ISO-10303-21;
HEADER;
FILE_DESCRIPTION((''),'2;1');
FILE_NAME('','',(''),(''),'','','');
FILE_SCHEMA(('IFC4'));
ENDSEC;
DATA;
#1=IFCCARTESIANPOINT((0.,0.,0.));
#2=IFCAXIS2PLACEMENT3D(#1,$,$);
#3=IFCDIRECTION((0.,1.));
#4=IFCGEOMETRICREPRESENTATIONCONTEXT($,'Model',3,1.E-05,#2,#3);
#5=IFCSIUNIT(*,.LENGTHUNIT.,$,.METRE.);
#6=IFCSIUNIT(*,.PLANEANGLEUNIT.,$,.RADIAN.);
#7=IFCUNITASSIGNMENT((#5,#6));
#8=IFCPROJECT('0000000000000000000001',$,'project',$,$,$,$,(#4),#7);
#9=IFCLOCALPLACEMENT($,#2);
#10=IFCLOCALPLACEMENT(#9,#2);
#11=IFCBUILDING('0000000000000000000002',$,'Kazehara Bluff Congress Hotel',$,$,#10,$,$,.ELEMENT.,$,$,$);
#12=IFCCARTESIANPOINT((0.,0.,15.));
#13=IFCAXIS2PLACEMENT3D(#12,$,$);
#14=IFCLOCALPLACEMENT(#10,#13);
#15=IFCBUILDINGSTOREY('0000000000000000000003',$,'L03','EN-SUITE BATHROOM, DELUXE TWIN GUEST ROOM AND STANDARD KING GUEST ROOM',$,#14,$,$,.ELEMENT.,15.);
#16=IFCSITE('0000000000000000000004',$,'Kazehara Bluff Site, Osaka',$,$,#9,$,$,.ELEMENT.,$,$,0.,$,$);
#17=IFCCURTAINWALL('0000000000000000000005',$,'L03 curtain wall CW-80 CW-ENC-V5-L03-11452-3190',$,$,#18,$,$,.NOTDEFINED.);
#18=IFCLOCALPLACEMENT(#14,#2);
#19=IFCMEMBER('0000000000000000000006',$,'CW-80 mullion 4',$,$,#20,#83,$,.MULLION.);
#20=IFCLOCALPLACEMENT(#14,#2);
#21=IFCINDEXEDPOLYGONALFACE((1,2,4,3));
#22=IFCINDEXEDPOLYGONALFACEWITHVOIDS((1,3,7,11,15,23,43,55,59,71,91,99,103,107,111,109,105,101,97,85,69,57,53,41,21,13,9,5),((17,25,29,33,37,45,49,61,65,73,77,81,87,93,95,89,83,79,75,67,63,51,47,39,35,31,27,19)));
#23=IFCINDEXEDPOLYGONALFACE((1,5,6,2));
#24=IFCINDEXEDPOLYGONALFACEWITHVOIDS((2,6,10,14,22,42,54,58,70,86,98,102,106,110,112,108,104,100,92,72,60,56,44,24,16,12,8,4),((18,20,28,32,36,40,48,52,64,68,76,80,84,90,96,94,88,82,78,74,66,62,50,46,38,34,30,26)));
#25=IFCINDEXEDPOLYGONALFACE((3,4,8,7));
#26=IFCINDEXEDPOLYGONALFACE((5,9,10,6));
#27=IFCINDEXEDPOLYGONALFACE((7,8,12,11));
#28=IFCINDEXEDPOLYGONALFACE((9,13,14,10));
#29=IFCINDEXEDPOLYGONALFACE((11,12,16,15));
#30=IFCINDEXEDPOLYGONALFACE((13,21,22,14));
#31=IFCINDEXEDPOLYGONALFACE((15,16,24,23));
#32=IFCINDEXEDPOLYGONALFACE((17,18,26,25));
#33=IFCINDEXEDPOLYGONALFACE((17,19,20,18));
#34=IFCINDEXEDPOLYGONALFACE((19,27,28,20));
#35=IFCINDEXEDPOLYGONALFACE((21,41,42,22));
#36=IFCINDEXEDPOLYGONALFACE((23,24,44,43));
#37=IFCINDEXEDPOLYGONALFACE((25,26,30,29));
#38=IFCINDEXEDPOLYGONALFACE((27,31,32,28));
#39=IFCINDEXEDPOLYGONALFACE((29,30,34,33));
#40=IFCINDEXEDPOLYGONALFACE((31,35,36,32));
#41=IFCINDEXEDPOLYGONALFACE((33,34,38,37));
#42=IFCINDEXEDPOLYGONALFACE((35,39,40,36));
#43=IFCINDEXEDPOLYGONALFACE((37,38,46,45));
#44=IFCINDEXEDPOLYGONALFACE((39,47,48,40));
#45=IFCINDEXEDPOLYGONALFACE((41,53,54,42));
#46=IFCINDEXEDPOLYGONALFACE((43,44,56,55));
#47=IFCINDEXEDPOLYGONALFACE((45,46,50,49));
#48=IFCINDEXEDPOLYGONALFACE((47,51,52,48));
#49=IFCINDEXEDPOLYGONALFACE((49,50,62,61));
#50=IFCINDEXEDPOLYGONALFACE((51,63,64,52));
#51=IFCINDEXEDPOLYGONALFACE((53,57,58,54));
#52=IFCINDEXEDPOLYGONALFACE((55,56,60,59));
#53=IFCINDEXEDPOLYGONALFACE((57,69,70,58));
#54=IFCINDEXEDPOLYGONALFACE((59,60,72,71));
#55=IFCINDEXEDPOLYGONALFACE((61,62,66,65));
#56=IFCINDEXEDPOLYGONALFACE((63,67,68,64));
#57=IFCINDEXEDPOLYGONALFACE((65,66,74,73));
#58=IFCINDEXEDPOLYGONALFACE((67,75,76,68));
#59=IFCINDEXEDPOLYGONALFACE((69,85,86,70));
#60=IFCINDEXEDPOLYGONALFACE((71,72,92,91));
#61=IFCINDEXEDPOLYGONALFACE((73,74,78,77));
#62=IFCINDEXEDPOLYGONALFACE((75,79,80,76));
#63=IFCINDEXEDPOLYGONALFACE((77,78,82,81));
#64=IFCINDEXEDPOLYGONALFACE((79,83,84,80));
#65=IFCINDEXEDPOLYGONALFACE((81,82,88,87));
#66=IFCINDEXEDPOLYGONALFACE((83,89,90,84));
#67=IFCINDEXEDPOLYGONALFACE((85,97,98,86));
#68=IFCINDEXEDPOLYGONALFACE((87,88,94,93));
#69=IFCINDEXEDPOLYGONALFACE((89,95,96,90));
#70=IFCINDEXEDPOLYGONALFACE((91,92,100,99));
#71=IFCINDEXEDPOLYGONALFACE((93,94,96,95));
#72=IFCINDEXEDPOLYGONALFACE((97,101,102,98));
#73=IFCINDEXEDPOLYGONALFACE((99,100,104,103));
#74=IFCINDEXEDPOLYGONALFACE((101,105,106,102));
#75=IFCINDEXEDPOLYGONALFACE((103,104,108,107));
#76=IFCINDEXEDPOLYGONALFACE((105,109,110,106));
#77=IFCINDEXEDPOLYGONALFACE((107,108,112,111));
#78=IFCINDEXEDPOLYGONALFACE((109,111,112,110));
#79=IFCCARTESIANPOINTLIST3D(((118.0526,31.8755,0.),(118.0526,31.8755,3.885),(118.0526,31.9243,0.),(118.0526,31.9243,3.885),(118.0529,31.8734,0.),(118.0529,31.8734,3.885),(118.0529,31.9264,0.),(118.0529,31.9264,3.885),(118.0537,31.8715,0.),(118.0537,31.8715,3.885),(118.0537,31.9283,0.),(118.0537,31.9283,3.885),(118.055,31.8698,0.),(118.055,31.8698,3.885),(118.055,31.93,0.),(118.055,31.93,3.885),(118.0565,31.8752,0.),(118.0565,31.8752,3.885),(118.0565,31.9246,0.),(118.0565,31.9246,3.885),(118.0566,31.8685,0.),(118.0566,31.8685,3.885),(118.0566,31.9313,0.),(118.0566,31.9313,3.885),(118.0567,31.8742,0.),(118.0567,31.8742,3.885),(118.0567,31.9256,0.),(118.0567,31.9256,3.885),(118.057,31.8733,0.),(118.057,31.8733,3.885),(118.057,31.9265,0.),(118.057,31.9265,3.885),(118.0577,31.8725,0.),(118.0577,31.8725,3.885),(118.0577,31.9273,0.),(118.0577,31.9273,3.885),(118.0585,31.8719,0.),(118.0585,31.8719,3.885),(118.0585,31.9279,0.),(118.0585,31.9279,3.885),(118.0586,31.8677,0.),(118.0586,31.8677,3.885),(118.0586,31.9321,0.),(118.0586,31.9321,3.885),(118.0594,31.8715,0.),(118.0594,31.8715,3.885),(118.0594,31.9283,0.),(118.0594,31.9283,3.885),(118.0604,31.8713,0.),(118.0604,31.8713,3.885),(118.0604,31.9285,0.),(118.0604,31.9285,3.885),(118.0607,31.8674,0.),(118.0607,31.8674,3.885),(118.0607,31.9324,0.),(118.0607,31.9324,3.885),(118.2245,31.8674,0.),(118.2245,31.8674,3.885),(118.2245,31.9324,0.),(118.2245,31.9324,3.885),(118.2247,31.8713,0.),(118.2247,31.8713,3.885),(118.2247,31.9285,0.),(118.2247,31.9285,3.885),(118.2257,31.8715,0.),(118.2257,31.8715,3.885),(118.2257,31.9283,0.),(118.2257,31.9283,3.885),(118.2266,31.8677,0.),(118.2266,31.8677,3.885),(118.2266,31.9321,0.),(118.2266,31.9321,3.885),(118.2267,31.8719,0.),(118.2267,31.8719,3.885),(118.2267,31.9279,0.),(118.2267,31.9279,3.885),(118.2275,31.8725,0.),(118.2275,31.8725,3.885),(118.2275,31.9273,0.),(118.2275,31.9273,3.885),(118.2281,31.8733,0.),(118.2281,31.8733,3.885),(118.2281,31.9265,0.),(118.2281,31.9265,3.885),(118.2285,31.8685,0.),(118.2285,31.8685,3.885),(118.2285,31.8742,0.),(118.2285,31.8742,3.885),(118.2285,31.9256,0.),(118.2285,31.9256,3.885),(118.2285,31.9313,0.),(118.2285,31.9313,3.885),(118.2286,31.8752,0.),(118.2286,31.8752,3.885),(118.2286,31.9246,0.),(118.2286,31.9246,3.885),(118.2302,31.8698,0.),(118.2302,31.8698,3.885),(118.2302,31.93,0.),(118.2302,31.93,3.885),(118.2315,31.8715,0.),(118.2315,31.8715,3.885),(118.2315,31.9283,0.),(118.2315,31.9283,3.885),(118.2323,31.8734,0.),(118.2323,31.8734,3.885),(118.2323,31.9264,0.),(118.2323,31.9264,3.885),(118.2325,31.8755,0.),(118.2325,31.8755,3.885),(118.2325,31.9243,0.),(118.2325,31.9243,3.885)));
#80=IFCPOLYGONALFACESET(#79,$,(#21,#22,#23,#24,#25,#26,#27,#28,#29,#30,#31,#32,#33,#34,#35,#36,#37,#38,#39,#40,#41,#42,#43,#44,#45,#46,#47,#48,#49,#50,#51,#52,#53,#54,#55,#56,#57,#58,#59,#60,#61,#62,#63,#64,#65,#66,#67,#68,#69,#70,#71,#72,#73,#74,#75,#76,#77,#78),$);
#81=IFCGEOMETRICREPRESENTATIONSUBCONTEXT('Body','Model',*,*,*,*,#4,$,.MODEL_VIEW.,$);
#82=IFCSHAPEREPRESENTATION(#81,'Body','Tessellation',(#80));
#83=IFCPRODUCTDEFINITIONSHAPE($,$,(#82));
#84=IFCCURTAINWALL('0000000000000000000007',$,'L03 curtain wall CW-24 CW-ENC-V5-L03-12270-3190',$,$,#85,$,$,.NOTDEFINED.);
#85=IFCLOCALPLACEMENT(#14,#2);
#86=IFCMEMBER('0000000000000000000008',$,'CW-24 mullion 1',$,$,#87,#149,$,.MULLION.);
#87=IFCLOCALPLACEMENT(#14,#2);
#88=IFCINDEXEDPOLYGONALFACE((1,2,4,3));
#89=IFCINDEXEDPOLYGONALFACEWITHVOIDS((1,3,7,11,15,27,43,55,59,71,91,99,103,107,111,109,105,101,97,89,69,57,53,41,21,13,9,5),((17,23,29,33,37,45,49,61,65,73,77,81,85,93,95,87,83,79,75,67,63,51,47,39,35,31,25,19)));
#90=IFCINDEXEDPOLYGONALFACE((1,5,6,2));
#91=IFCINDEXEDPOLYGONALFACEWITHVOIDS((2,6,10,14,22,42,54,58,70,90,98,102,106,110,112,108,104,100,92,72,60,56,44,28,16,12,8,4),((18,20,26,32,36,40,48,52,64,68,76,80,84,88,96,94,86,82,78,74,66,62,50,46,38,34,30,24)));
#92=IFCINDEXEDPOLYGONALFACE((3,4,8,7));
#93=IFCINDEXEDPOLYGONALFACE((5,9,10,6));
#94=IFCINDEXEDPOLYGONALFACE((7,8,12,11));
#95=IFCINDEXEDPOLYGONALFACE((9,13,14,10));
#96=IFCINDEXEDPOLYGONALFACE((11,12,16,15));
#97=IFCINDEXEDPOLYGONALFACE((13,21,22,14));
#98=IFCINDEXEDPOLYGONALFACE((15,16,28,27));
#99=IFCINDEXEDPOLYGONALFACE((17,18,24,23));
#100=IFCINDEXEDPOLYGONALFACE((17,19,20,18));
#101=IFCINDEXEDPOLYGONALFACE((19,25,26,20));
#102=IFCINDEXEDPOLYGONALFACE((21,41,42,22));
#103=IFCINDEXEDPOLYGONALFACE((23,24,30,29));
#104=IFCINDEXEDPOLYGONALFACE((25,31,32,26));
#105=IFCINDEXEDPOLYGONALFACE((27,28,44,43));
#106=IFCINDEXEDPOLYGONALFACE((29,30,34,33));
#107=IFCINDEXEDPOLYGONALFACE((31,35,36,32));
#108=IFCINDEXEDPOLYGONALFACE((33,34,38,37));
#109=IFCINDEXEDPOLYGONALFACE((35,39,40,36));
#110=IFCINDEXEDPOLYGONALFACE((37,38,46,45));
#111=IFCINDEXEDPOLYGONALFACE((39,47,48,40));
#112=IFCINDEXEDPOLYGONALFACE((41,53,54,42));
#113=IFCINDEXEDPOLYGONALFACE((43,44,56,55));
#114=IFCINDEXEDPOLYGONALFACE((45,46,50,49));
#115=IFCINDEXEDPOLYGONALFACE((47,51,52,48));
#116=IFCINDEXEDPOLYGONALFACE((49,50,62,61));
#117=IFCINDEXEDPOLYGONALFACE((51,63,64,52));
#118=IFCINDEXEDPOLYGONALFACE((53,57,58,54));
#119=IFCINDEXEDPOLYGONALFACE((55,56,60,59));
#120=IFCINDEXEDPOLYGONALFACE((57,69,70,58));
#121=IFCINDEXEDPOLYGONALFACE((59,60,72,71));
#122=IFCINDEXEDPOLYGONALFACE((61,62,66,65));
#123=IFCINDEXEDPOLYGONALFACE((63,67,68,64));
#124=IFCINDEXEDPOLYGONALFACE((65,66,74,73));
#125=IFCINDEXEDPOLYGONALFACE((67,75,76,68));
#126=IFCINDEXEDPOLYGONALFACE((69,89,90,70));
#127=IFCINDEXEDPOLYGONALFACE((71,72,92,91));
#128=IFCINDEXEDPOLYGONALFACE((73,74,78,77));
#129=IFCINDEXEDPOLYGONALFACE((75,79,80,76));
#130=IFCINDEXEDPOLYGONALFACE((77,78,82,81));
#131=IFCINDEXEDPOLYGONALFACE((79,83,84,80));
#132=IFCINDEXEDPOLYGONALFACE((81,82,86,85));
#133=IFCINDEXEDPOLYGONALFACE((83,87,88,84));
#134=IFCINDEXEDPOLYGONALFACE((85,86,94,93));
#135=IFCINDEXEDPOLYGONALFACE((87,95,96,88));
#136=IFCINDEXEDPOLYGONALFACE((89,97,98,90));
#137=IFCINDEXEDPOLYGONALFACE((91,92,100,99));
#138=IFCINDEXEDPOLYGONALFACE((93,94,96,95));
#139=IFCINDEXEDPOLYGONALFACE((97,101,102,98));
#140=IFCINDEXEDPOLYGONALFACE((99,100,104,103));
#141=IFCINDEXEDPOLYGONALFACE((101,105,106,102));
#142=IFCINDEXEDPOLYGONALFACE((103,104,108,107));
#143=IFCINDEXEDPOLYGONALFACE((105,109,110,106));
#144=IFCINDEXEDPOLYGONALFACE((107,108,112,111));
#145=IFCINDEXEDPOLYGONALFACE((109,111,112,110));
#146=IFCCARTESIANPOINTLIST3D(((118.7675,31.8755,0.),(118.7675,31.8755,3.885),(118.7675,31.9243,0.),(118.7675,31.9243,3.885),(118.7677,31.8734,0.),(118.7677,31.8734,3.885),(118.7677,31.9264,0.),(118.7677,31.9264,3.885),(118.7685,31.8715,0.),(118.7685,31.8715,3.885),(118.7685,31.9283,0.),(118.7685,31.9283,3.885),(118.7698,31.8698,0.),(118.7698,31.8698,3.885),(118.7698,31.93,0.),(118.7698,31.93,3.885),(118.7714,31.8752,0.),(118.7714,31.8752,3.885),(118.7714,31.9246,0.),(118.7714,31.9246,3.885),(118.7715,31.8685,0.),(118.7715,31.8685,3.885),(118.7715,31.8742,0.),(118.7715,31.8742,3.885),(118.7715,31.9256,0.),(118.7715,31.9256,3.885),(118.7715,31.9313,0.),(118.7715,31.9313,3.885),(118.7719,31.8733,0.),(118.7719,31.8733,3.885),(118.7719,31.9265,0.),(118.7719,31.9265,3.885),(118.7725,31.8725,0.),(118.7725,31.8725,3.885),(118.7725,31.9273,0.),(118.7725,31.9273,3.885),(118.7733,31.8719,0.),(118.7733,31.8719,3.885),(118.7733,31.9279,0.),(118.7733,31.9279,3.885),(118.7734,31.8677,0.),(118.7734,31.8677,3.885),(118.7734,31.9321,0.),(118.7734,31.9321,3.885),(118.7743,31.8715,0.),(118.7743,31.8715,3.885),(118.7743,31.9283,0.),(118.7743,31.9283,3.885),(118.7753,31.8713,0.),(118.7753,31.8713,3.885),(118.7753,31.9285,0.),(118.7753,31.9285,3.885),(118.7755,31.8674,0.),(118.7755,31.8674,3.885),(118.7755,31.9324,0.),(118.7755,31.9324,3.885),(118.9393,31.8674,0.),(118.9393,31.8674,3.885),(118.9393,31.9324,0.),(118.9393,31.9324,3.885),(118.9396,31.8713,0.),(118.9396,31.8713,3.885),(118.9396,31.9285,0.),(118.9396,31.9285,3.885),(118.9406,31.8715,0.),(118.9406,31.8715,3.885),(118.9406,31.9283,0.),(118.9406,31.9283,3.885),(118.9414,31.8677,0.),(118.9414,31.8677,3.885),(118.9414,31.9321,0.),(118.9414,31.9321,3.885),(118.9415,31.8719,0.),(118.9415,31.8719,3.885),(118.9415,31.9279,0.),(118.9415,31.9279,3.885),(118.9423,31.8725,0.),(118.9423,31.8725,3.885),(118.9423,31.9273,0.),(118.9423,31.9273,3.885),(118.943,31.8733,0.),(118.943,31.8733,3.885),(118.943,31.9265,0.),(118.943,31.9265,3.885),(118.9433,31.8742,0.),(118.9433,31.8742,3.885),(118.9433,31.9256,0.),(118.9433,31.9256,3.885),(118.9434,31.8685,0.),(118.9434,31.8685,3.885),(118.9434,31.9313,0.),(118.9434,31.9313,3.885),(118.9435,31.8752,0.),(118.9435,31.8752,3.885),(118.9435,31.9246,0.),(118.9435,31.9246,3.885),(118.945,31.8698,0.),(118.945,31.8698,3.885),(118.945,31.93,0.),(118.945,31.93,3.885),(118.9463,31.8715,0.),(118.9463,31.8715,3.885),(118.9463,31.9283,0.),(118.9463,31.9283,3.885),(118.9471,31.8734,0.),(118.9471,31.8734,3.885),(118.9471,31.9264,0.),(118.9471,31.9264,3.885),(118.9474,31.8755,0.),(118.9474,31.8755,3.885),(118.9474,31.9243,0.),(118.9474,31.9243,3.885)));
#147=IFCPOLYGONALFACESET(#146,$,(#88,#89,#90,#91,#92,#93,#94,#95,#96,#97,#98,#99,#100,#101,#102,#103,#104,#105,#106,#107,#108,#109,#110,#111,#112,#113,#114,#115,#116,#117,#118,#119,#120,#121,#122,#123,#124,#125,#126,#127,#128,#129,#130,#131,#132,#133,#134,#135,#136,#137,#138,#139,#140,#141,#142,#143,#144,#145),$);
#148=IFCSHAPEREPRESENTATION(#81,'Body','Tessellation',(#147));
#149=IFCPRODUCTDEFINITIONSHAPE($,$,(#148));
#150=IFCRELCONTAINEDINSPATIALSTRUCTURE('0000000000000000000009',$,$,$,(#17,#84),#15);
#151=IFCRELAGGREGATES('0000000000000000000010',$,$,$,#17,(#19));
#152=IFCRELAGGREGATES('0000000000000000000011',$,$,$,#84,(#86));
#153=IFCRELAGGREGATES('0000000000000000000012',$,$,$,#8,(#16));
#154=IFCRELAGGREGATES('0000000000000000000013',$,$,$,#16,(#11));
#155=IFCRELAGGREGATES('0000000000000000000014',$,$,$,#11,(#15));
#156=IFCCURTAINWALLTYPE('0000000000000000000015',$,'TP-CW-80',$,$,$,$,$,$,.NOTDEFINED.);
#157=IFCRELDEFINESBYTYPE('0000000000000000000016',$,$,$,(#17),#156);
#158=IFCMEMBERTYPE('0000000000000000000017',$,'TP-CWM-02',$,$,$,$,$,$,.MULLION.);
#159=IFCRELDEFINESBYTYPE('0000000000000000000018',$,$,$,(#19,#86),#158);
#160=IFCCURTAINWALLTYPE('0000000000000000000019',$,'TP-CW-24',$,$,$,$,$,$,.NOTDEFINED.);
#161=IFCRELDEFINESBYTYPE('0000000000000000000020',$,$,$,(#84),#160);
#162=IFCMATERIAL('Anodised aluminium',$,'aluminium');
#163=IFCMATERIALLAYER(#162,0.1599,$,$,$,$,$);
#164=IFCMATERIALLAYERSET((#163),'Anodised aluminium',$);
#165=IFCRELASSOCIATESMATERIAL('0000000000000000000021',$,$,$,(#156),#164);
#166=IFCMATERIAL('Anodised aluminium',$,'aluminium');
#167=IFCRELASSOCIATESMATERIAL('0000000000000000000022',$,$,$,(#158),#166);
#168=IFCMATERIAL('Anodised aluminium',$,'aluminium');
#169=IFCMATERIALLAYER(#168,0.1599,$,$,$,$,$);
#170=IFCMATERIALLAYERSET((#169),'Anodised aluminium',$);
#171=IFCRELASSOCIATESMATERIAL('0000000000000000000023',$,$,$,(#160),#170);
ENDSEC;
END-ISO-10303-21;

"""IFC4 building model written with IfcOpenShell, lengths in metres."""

from ifc_helpers import new_model, si_unit, direction, frame, origin, origin_2d, place, context, subcontext, project, spatial, hollow_rectangle, extrude, material, layer, layer_set, material_profile, profile_set, type_object, element, aggregate, save


model = new_model("IFC4")

# Units and contexts
model_context = context("Model", 3, precision=1e-05, world=origin(), true_north=direction((0.0, 1.0)))
body_context = subcontext(model_context, "Body", "Model", "MODEL_VIEW")
ifc_project = project(units=[si_unit("LENGTHUNIT", "METRE"), si_unit("PLANEANGLEUNIT", "RADIAN")], contexts=[model_context])

# Site, building, storey
site_placement = place(None, origin())
site = spatial("IfcSite", under=ifc_project, at=site_placement, Name="Kazehara Bluff Site, Osaka", CompositionType="ELEMENT", RefElevation=0.0)
building_placement = place(site_placement, origin())
building = spatial("IfcBuilding", under=site, at=building_placement, Name="Kazehara Bluff Congress Hotel", CompositionType="ELEMENT")
storey_placement = place(building_placement, frame((0.0, 0.0, 15.0)))
storey = spatial("IfcBuildingStorey", under=building, at=storey_placement, Name="L03", Description="EN-SUITE BATHROOM, DELUXE TWIN GUEST ROOM AND STANDARD KING GUEST ROOM", CompositionType="ELEMENT", Elevation=15.0)

# Curtain wall, member
ifc_material_1 = material(Name="Anodised aluminium", Category="aluminium")
ifc_layer_1 = layer(ifc_material_1, 0.1599)
ifc_layer_set_1 = layer_set([ifc_layer_1], Name="Anodised aluminium")
curtain_wall_type_1 = type_object("IfcCurtainWallType", Name="TP-CW-80", PredefinedType="NOTDEFINED", material=ifc_layer_set_1)
curtain_wall_1_placement = place(storey_placement, origin())
curtain_wall_1 = element("IfcCurtainWall", 1, at=curtain_wall_1_placement, inside=storey, type_object=curtain_wall_type_1, Name="L03 curtain wall CW-80 CW-ENC-V5-L03-11452-3190", PredefinedType="NOTDEFINED")
ifc_material_2 = material(Name="Anodised aluminium", Category="aluminium")
ifc_material_profile_1 = material_profile(ifc_material_2, hollow_rectangle(XDim=0.0649, YDim=0.1799, WallThickness=0.0039, InnerFilletRadius=0.0039, OuterFilletRadius=0.0081, at=origin_2d()))
ifc_profile_set_1 = profile_set([ifc_material_profile_1], Name="Anodised aluminium")
member_type_1 = type_object("IfcMemberType", Name="TP-CWM-02", PredefinedType="MULLION", material=ifc_profile_set_1)
member_1_placement = place(storey_placement, frame((118.1426, 31.8999, 0.0), z_axis=(0.0, 0.0, 1.0), x_axis=(0.0, 1.0, 0.0)))
member_1 = element("IfcMember", 2, at=member_1_placement, type_object=member_type_1, Name="CW-80 mullion 4", PredefinedType="MULLION", context=body_context, shape_type="SweptSolid", body=[
    extrude(hollow_rectangle(XDim=0.0649, YDim=0.1799, WallThickness=0.0039, InnerFilletRadius=0.0039, OuterFilletRadius=0.0081, at=origin_2d()), origin(), (0.0, 0.0, 1.0), 3.885),
])

# Curtain wall, member
ifc_material_3 = material(Name="Anodised aluminium", Category="aluminium")
ifc_layer_2 = layer(ifc_material_3, 0.1599)
ifc_layer_set_2 = layer_set([ifc_layer_2], Name="Anodised aluminium")
curtain_wall_type_2 = type_object("IfcCurtainWallType", Name="TP-CW-24", PredefinedType="NOTDEFINED", material=ifc_layer_set_2)
curtain_wall_2_placement = place(storey_placement, origin())
curtain_wall_2 = element("IfcCurtainWall", 3, at=curtain_wall_2_placement, inside=storey, type_object=curtain_wall_type_2, Name="L03 curtain wall CW-24 CW-ENC-V5-L03-12270-3190", PredefinedType="NOTDEFINED")
member_2_placement = place(storey_placement, frame((118.8574, 31.8999, 0.0), z_axis=(0.0, 0.0, 1.0), x_axis=(0.0, 1.0, 0.0)))
member_2 = element("IfcMember", 4, at=member_2_placement, type_object=member_type_1, Name="CW-24 mullion 1", PredefinedType="MULLION", context=body_context, shape_type="SweptSolid", body=[
    extrude(hollow_rectangle(XDim=0.0649, YDim=0.1799, WallThickness=0.0039, InnerFilletRadius=0.0039, OuterFilletRadius=0.0081, at=origin_2d()), origin(), (0.0, 0.0, 1.0), 3.885),
])

aggregate(curtain_wall_1, [member_1])
aggregate(curtain_wall_2, [member_2])

save(model, "model.ifc")
